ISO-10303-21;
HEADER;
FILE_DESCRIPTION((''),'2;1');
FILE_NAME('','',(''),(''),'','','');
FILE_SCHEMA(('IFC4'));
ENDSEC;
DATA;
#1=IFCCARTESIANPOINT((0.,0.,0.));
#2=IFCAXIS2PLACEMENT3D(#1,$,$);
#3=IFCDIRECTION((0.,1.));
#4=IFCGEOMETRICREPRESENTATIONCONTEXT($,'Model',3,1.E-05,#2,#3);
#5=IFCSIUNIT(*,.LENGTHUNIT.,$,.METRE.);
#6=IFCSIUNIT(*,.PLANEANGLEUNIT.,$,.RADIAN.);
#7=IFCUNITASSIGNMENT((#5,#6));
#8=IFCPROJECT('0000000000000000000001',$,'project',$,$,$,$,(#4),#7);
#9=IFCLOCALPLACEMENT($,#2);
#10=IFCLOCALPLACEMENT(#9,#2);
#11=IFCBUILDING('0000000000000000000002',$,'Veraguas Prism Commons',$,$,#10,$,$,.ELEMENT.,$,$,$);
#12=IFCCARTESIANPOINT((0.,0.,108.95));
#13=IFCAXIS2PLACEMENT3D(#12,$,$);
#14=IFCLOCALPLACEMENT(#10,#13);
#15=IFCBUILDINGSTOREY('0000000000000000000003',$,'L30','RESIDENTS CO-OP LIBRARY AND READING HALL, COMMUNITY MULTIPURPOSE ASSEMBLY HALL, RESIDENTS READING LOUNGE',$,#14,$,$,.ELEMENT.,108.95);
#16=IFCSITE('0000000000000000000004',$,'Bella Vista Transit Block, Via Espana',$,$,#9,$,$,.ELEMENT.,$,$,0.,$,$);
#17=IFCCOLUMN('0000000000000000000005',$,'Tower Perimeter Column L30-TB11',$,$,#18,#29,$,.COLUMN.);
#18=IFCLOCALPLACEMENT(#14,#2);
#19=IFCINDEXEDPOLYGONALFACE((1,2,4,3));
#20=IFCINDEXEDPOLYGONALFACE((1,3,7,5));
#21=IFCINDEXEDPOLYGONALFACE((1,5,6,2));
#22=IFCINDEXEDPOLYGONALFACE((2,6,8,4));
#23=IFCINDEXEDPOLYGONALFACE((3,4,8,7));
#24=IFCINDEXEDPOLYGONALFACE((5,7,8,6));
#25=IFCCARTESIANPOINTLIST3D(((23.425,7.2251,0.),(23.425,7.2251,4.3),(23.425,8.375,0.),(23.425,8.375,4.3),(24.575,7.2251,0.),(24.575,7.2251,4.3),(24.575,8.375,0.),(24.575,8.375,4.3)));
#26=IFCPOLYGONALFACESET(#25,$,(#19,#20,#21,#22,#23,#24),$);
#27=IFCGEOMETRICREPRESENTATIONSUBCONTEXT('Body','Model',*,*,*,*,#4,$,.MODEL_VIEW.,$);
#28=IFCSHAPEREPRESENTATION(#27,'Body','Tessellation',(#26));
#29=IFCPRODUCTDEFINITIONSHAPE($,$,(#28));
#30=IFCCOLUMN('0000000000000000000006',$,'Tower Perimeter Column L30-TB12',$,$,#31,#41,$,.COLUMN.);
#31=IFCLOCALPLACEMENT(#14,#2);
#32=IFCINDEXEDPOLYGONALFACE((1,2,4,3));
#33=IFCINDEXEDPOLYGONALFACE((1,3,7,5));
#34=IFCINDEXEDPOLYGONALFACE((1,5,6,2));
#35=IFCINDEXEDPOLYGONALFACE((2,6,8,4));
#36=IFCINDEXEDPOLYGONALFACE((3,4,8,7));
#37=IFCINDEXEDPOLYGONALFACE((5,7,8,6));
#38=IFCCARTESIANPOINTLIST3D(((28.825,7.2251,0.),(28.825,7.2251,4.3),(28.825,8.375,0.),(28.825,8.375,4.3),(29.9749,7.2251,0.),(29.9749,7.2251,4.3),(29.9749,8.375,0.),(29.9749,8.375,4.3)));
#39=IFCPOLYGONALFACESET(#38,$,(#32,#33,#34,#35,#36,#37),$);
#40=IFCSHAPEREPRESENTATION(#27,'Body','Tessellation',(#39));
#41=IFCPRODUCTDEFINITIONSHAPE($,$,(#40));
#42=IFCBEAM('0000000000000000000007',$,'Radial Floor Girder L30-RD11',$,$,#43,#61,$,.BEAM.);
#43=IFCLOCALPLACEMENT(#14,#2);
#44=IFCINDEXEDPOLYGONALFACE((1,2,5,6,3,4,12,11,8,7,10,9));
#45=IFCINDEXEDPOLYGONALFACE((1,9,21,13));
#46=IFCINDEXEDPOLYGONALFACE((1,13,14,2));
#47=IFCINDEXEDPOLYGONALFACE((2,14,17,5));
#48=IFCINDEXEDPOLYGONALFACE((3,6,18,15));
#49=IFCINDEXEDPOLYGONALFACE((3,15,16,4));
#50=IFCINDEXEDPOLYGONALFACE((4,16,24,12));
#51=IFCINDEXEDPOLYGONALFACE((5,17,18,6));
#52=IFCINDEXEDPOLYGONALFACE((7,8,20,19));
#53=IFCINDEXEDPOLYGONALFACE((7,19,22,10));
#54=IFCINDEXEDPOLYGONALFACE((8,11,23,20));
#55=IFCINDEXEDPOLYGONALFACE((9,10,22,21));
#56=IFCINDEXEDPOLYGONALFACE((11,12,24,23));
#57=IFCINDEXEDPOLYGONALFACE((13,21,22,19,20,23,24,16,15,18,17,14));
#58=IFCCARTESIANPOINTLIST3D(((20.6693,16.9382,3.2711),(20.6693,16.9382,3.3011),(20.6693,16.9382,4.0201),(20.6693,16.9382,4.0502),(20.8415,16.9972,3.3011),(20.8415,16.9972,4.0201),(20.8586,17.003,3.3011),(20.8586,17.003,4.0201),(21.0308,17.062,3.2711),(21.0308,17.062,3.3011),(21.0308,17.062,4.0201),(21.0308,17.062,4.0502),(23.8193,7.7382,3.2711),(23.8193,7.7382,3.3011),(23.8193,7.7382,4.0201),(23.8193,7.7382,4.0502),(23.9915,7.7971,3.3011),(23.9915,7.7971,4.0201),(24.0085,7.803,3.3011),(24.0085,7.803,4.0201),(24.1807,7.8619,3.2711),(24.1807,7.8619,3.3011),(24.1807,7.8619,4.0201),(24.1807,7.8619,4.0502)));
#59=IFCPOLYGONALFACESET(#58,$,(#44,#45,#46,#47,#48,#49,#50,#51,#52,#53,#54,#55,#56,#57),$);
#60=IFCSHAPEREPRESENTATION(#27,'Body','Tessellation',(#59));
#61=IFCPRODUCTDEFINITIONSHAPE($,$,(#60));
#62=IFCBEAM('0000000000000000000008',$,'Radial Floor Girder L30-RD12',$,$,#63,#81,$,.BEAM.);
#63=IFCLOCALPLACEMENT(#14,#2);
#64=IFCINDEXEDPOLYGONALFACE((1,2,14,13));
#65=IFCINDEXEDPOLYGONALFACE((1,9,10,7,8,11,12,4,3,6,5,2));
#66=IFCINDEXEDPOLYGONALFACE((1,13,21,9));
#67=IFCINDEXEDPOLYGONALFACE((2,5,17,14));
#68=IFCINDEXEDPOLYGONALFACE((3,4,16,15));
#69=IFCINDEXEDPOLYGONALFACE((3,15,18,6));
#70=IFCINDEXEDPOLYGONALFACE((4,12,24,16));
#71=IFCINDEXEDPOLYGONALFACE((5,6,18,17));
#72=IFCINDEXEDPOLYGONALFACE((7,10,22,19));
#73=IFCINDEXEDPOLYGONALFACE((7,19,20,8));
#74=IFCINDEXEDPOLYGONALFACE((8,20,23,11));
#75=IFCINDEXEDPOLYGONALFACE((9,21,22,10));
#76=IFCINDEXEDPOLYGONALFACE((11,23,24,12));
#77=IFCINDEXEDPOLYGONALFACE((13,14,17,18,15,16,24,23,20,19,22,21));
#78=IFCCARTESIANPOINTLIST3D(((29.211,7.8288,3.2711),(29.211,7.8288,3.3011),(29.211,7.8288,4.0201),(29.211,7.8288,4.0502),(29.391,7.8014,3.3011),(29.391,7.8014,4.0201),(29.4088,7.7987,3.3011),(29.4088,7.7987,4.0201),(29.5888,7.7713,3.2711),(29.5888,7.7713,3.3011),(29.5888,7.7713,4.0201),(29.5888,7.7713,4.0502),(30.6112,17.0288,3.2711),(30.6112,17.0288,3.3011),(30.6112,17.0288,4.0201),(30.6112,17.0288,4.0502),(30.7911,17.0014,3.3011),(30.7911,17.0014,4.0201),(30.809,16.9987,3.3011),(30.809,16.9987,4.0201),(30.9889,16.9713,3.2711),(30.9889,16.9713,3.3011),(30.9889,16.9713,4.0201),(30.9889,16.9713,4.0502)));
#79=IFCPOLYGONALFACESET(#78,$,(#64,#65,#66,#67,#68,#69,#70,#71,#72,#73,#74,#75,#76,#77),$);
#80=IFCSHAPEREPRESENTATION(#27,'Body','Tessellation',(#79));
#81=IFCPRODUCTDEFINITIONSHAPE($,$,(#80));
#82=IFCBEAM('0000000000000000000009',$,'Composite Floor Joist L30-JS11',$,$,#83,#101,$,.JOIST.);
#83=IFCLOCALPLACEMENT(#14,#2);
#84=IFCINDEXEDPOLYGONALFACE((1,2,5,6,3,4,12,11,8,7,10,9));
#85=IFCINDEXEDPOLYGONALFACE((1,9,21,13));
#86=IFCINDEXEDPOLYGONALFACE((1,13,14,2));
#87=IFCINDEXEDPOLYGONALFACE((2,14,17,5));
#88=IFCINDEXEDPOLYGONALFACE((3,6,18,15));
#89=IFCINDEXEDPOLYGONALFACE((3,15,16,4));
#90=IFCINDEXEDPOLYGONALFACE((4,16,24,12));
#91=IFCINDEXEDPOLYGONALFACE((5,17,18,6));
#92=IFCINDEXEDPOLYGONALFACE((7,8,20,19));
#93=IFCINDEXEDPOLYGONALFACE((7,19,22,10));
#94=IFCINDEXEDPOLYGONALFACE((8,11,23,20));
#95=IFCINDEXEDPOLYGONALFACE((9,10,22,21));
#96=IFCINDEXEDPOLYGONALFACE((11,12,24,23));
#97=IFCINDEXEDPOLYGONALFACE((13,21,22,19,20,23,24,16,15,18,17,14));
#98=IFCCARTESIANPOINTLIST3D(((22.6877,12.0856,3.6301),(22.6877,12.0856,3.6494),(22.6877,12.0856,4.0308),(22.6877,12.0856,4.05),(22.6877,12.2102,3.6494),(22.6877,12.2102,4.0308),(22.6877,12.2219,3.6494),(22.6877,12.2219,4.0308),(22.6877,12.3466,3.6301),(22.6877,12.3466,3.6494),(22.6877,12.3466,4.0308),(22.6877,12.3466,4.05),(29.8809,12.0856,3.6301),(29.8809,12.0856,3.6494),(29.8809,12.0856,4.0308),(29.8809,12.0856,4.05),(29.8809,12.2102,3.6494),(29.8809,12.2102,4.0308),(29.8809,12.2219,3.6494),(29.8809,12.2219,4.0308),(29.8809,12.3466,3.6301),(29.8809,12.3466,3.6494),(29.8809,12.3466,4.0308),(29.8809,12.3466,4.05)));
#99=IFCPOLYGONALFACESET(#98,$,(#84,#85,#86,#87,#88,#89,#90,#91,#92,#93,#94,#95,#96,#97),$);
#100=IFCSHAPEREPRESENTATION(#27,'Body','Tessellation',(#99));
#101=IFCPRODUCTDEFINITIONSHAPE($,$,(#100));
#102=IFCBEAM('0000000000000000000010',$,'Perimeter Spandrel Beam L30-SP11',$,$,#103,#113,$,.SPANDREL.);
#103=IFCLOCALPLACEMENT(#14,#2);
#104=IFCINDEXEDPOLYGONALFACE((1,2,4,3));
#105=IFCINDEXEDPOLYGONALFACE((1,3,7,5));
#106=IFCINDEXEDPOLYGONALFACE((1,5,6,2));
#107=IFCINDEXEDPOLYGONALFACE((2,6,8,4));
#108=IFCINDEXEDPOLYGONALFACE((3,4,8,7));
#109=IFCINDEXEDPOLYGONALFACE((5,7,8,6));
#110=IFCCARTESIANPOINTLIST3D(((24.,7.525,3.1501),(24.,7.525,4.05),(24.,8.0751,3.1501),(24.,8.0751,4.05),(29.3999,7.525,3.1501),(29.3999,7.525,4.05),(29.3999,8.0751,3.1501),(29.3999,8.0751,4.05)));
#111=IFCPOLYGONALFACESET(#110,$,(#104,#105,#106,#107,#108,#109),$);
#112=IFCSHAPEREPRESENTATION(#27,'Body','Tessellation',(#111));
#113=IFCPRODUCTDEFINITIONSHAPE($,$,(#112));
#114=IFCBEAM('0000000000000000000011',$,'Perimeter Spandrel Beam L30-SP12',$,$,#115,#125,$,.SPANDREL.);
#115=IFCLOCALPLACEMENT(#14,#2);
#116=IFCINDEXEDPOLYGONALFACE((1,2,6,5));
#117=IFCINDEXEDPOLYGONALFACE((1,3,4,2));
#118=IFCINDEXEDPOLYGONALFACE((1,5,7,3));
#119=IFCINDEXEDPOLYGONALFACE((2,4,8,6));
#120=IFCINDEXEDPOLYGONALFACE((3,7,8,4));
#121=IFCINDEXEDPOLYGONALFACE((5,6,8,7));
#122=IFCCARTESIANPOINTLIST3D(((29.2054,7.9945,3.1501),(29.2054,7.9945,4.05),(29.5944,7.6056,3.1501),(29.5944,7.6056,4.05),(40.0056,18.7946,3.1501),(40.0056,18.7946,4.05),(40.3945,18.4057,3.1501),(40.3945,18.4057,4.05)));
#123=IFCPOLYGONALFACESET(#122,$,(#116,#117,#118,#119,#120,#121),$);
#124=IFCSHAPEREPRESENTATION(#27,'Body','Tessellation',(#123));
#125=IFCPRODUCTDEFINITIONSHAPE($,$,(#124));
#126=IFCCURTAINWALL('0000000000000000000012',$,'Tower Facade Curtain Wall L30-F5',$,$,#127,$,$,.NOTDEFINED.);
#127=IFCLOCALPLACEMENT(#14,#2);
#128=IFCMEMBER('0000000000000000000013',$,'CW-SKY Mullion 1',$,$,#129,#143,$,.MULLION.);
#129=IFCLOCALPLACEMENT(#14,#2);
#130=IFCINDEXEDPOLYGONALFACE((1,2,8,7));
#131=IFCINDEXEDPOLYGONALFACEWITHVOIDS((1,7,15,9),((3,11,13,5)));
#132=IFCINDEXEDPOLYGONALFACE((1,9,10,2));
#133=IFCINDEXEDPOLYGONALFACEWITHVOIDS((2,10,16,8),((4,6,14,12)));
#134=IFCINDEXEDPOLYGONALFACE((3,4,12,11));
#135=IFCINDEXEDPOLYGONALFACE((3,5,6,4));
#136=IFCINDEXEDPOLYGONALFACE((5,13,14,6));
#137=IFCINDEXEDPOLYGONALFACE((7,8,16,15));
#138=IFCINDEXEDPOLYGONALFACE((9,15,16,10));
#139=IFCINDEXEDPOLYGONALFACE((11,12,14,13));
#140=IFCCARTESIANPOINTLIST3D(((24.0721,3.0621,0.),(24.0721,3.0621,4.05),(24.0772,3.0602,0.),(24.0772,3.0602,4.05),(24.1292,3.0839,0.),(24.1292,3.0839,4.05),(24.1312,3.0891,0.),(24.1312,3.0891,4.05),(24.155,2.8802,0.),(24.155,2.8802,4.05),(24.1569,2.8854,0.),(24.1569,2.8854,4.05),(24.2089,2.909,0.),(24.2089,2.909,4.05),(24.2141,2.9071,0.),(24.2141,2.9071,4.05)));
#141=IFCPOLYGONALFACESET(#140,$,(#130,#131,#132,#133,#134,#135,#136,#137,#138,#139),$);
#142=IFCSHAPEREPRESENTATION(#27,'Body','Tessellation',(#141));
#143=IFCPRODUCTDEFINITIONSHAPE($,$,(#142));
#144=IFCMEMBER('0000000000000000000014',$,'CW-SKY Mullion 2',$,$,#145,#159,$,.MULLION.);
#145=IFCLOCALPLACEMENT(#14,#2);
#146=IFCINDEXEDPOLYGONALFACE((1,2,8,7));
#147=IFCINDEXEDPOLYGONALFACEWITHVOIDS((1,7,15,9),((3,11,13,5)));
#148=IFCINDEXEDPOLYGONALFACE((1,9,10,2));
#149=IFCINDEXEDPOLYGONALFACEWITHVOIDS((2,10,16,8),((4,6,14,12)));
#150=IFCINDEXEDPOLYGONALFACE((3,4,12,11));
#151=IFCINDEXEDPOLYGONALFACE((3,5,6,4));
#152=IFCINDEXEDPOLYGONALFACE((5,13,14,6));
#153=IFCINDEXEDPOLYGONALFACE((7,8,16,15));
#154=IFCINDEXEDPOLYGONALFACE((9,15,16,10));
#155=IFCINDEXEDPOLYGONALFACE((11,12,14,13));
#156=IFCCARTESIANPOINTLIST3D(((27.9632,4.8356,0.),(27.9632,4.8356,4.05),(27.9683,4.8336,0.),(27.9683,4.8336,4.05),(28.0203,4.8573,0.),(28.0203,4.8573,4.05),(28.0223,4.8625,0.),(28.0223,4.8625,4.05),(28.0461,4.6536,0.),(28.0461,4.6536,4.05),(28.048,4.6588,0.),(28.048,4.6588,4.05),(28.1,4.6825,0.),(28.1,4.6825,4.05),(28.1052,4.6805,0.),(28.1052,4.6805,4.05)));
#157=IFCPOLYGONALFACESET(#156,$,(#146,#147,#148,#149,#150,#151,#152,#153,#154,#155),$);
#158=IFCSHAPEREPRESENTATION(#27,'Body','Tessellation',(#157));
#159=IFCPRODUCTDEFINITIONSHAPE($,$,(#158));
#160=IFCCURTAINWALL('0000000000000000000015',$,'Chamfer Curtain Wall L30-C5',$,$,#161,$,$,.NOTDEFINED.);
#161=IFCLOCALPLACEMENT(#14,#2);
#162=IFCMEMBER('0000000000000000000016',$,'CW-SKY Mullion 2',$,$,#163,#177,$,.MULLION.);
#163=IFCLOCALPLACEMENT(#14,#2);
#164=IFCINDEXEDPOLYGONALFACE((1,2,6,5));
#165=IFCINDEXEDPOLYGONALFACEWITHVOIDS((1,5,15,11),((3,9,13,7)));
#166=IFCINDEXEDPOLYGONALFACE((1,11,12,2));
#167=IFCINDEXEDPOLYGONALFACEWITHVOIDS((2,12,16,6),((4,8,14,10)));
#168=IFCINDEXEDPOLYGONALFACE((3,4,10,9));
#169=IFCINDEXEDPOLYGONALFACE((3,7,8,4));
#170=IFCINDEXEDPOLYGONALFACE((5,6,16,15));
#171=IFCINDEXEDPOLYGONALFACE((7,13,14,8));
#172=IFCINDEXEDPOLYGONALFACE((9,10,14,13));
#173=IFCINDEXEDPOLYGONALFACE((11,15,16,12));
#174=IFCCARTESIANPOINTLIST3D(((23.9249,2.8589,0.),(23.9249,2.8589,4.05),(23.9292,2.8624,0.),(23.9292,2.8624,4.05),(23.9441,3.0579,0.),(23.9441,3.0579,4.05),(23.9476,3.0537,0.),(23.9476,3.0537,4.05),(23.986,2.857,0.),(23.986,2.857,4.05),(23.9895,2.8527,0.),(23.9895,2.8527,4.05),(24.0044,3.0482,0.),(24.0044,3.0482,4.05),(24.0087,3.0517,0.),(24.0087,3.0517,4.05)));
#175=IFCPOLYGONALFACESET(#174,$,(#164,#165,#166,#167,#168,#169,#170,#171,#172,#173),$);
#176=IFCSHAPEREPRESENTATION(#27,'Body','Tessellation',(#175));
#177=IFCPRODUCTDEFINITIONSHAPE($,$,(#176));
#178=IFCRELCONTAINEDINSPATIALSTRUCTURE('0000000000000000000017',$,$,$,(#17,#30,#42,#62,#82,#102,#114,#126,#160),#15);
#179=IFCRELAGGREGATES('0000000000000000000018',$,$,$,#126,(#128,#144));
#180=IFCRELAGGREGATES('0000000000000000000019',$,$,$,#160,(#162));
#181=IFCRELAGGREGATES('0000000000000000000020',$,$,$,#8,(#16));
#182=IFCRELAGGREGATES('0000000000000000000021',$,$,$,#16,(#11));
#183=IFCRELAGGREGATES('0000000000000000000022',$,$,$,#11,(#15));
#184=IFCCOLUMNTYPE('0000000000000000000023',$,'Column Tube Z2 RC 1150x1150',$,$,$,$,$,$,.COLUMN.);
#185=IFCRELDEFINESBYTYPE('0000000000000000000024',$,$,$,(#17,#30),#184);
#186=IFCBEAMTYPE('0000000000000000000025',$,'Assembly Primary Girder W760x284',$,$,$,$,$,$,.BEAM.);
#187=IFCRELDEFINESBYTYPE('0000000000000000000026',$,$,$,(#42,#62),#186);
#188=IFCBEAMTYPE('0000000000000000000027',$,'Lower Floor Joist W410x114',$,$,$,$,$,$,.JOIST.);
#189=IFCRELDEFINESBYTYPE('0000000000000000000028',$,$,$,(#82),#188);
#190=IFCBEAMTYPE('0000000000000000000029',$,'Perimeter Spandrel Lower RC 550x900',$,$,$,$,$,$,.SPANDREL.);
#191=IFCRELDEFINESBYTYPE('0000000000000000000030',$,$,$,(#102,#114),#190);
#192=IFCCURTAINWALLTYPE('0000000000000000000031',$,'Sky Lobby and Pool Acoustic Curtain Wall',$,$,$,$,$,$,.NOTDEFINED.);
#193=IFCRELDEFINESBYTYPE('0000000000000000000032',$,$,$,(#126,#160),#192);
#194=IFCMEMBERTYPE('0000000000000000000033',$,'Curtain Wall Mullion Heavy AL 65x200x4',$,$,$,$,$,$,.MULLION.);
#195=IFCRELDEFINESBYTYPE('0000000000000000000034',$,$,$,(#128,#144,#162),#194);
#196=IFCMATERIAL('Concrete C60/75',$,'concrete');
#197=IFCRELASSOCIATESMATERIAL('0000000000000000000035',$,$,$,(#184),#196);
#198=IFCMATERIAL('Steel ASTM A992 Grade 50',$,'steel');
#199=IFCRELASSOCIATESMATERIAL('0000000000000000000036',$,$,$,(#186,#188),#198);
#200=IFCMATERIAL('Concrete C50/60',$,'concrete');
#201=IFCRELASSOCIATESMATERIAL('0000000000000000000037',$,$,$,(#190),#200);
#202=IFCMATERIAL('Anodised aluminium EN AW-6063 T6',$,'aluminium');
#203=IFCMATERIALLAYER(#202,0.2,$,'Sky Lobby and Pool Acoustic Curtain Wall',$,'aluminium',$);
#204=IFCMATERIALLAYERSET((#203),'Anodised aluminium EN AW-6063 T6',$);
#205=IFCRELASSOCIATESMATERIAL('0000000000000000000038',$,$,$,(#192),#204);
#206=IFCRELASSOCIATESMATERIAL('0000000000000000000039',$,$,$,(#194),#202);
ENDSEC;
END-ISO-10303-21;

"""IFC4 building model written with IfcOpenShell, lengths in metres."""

from ifc_helpers import new_model, si_unit, direction, frame, origin, origin_2d, place, context, subcontext, project, spatial, rectangle, hollow_rectangle, i_section, extrude, source, transform, mapped, material, layer, layer_set, material_profile, profile_set, type_object, element, aggregate, save


model = new_model("IFC4")

# Units and contexts
model_context = context("Model", 3, precision=1e-05, world=origin(), true_north=direction((0.0, 1.0)))
body_context = subcontext(model_context, "Body", "Model", "MODEL_VIEW")
ifc_project = project(units=[si_unit("LENGTHUNIT", "METRE"), si_unit("PLANEANGLEUNIT", "RADIAN")], contexts=[model_context])

# Site, building, storey
site_placement = place(None, origin())
site = spatial("IfcSite", under=ifc_project, at=site_placement, Name="Bella Vista Transit Block, Via Espana", CompositionType="ELEMENT", RefElevation=0.0)
building_placement = place(site_placement, origin())
building = spatial("IfcBuilding", under=site, at=building_placement, Name="Veraguas Prism Commons", CompositionType="ELEMENT")
storey_placement = place(building_placement, frame((0.0, 0.0, 108.95)))
storey = spatial("IfcBuildingStorey", under=building, at=storey_placement, Name="L30", Description="RESIDENTS CO-OP LIBRARY AND READING HALL, COMMUNITY MULTIPURPOSE ASSEMBLY HALL, RESIDENTS READING LOUNGE", CompositionType="ELEMENT", Elevation=108.95)

# Columns
ifc_material_1 = material(Name="Concrete C60/75", Category="concrete")
ifc_material_profile_1 = material_profile(ifc_material_1, rectangle(XDim=1.1499, YDim=1.1499, at=origin_2d()), Name="RC1150X1150")
ifc_profile_set_1 = profile_set([ifc_material_profile_1], Name="Concrete C60/75")
column_type = type_object("IfcColumnType", Name="Column Tube Z2 RC 1150x1150", PredefinedType="COLUMN", material=ifc_profile_set_1)
for number, where, z_axis, x_axis, name in (
    (1, (24.0, 7.8, 0.0), (0.0, 0.0, 1.0), (1.0, 0.0, 0.0), "Tower Perimeter Column L30-TB11"),
    (2, (29.3999, 7.8, 0.0), (0.0, 0.0, 1.0), (1.0, 0.0, 0.0), "Tower Perimeter Column L30-TB12"),
):
    element("IfcColumn", number, at=place(storey_placement, frame(where, z_axis=z_axis, x_axis=x_axis)), inside=storey, type_object=column_type, Name=name, PredefinedType="COLUMN", context=body_context, shape_type="SweptSolid", body=[
        extrude(rectangle(XDim=1.1499, YDim=1.1499, at=origin_2d()), origin(), (0.0, 0.0, 1.0), 4.3),
    ])

# Beams
ifc_material_2 = material(Name="Steel ASTM A992 Grade 50", Category="steel")
ifc_material_profile_2 = material_profile(ifc_material_2, i_section(OverallWidth=0.3821, OverallDepth=0.7791, WebThickness=0.0181, FlangeThickness=0.03, at=origin_2d()), Name="W760X284")
ifc_profile_set_2 = profile_set([ifc_material_profile_2], Name="Steel ASTM A992 Grade 50")
beam_type_1 = type_object("IfcBeamType", Name="Assembly Primary Girder W760x284", PredefinedType="BEAM", material=ifc_profile_set_2)
beam_1_placement = place(storey_placement, frame((24.0, 7.8, 3.6606), z_axis=(-0.323922, 0.946084, 0.0), x_axis=(-0.946084, -0.323922, 0.0)))
element("IfcBeam", 3, at=beam_1_placement, inside=storey, type_object=beam_type_1, Name="Radial Floor Girder L30-RD11", PredefinedType="BEAM", context=body_context, shape_type="SweptSolid", body=[
    extrude(i_section(OverallWidth=0.3821, OverallDepth=0.7791, WebThickness=0.0181, FlangeThickness=0.03, at=origin_2d()), origin(), (0.0, 0.0, 1.0), 9.7244),
])
beam_2_placement = place(storey_placement, frame((29.3999, 7.8, 3.6606), z_axis=(0.150458, 0.988616, 0.0), x_axis=(-0.988616, 0.150458, 0.0)))
element("IfcBeam", 4, at=beam_2_placement, inside=storey, type_object=beam_type_1, Name="Radial Floor Girder L30-RD12", PredefinedType="BEAM", context=body_context, shape_type="SweptSolid", body=[
    extrude(i_section(OverallWidth=0.3821, OverallDepth=0.7791, WebThickness=0.0181, FlangeThickness=0.03, at=origin_2d()), origin(), (0.0, 0.0, 1.0), 9.3059),
])
ifc_material_profile_3 = material_profile(ifc_material_2, i_section(OverallWidth=0.261, OverallDepth=0.4199, WebThickness=0.0117, FlangeThickness=0.0193, at=origin_2d()), Name="W410X114")
ifc_profile_set_3 = profile_set([ifc_material_profile_3], Name="Steel ASTM A992 Grade 50")
beam_type_2 = type_object("IfcBeamType", Name="Lower Floor Joist W410x114", PredefinedType="JOIST", material=ifc_profile_set_3)
beam_3_placement = place(storey_placement, frame((22.6877, 12.2161, 3.8401), z_axis=(1.0, 0.0, 0.0), x_axis=(0.0, 1.0, 0.0)))
element("IfcBeam", 5, at=beam_3_placement, inside=storey, type_object=beam_type_2, Name="Composite Floor Joist L30-JS11", PredefinedType="JOIST", context=body_context, shape_type="SweptSolid", body=[
    extrude(i_section(OverallWidth=0.261, OverallDepth=0.4199, WebThickness=0.0117, FlangeThickness=0.0193, at=origin_2d()), origin(), (0.0, 0.0, 1.0), 7.1931),
])
ifc_material_3 = material(Name="Concrete C50/60", Category="concrete")
ifc_material_profile_4 = material_profile(ifc_material_3, rectangle(XDim=0.55, YDim=0.8999, at=origin_2d()), Name="RC550X900")
ifc_profile_set_4 = profile_set([ifc_material_profile_4], Name="Concrete C50/60")
beam_type_3 = type_object("IfcBeamType", Name="Perimeter Spandrel Lower RC 550x900", PredefinedType="SPANDREL", material=ifc_profile_set_4)
beam_4_placement = place(storey_placement, frame((24.0, 7.8, 3.6001), z_axis=(1.0, 0.0, 0.0), x_axis=(0.0, 1.0, 0.0)))
element("IfcBeam", 6, at=beam_4_placement, inside=storey, type_object=beam_type_3, Name="Perimeter Spandrel Beam L30-SP11", PredefinedType="SPANDREL", context=body_context, shape_type="SweptSolid", body=[
    extrude(rectangle(XDim=0.55, YDim=0.8999, at=origin_2d()), origin(), (0.0, 0.0, 1.0), 5.3999),
])
beam_5_placement = place(storey_placement, frame((29.3999, 7.8, 3.6001), z_axis=(0.707107, 0.707107, 0.0), x_axis=(-0.707107, 0.707107, 0.0)))
element("IfcBeam", 7, at=beam_5_placement, inside=storey, type_object=beam_type_3, Name="Perimeter Spandrel Beam L30-SP12", PredefinedType="SPANDREL", context=body_context, shape_type="SweptSolid", body=[
    extrude(rectangle(XDim=0.55, YDim=0.8999, at=origin_2d()), origin(), (0.0, 0.0, 1.0), 15.2737),
])

# Curtain wall, members
ifc_material_4 = material(Name="Anodised aluminium EN AW-6063 T6", Category="aluminium")
ifc_layer_1 = layer(ifc_material_4, 0.2, Name="Sky Lobby and Pool Acoustic Curtain Wall", Category="aluminium")
ifc_layer_set_1 = layer_set([ifc_layer_1], Name="Anodised aluminium EN AW-6063 T6")
curtain_wall_type = type_object("IfcCurtainWallType", Name="Sky Lobby and Pool Acoustic Curtain Wall", PredefinedType="NOTDEFINED", material=ifc_layer_set_1)
curtain_wall_1_placement = place(storey_placement, origin())
curtain_wall_1 = element("IfcCurtainWall", 8, at=curtain_wall_1_placement, inside=storey, type_object=curtain_wall_type, Name="Tower Facade Curtain Wall L30-F5", PredefinedType="NOTDEFINED")
ifc_material_profile_5 = material_profile(ifc_material_4, hollow_rectangle(XDim=0.0649, YDim=0.2, WallThickness=0.0039, at=origin_2d()), Name="AL65X200X4")
ifc_profile_set_5 = profile_set([ifc_material_profile_5], Name="Anodised aluminium EN AW-6063 T6")
member_type_1 = type_object("IfcMemberType", Name="Curtain Wall Mullion Heavy AL 65x200x4", PredefinedType="MULLION", material=ifc_profile_set_5)
shared_shape_1 = source(origin(), body_context, "Body", "SweptSolid", [
    extrude(hollow_rectangle(XDim=0.0649, YDim=0.2, WallThickness=0.0039, at=origin_2d()), origin(), (0.0, 0.0, 1.0), 4.05),
])
member_1_placement = place(storey_placement, frame((24.1431, 2.9846, 0.0), z_axis=(0.0, 0.0, 1.0), x_axis=(0.909961, 0.414695, 0.0)))
member_1 = element("IfcMember", 9, at=member_1_placement, type_object=member_type_1, Name="CW-SKY Mullion 1", PredefinedType="MULLION", context=body_context, shape_type="MappedRepresentation", body=[
    mapped(shared_shape_1, transform((0.0, 0.0, 0.0), scale=1.0)),
])
member_2_placement = place(storey_placement, frame((28.0342, 4.7581, 0.0), z_axis=(0.0, 0.0, 1.0), x_axis=(0.909961, 0.414695, 0.0)))
member_2 = element("IfcMember", 10, at=member_2_placement, type_object=member_type_1, Name="CW-SKY Mullion 2", PredefinedType="MULLION", context=body_context, shape_type="MappedRepresentation", body=[
    mapped(shared_shape_1, transform((0.0, 0.0, 0.0), scale=1.0)),
])

# Curtain wall, member
curtain_wall_2_placement = place(storey_placement, origin())
curtain_wall_2 = element("IfcCurtainWall", 11, at=curtain_wall_2_placement, inside=storey, type_object=curtain_wall_type, Name="Chamfer Curtain Wall L30-C5", PredefinedType="NOTDEFINED")
member_3_placement = place(storey_placement, frame((23.9668, 2.9553, 0.0), z_axis=(0.0, 0.0, 1.0), x_axis=(0.995398, -0.09583, 0.0)))
member_3 = element("IfcMember", 12, at=member_3_placement, type_object=member_type_1, Name="CW-SKY Mullion 2", PredefinedType="MULLION", context=body_context, shape_type="MappedRepresentation", body=[
    mapped(shared_shape_1, transform((0.0, 0.0, 0.0), scale=1.0)),
])

aggregate(curtain_wall_1, [member_1, member_2])
aggregate(curtain_wall_2, [member_3])

save(model, "model.ifc")
